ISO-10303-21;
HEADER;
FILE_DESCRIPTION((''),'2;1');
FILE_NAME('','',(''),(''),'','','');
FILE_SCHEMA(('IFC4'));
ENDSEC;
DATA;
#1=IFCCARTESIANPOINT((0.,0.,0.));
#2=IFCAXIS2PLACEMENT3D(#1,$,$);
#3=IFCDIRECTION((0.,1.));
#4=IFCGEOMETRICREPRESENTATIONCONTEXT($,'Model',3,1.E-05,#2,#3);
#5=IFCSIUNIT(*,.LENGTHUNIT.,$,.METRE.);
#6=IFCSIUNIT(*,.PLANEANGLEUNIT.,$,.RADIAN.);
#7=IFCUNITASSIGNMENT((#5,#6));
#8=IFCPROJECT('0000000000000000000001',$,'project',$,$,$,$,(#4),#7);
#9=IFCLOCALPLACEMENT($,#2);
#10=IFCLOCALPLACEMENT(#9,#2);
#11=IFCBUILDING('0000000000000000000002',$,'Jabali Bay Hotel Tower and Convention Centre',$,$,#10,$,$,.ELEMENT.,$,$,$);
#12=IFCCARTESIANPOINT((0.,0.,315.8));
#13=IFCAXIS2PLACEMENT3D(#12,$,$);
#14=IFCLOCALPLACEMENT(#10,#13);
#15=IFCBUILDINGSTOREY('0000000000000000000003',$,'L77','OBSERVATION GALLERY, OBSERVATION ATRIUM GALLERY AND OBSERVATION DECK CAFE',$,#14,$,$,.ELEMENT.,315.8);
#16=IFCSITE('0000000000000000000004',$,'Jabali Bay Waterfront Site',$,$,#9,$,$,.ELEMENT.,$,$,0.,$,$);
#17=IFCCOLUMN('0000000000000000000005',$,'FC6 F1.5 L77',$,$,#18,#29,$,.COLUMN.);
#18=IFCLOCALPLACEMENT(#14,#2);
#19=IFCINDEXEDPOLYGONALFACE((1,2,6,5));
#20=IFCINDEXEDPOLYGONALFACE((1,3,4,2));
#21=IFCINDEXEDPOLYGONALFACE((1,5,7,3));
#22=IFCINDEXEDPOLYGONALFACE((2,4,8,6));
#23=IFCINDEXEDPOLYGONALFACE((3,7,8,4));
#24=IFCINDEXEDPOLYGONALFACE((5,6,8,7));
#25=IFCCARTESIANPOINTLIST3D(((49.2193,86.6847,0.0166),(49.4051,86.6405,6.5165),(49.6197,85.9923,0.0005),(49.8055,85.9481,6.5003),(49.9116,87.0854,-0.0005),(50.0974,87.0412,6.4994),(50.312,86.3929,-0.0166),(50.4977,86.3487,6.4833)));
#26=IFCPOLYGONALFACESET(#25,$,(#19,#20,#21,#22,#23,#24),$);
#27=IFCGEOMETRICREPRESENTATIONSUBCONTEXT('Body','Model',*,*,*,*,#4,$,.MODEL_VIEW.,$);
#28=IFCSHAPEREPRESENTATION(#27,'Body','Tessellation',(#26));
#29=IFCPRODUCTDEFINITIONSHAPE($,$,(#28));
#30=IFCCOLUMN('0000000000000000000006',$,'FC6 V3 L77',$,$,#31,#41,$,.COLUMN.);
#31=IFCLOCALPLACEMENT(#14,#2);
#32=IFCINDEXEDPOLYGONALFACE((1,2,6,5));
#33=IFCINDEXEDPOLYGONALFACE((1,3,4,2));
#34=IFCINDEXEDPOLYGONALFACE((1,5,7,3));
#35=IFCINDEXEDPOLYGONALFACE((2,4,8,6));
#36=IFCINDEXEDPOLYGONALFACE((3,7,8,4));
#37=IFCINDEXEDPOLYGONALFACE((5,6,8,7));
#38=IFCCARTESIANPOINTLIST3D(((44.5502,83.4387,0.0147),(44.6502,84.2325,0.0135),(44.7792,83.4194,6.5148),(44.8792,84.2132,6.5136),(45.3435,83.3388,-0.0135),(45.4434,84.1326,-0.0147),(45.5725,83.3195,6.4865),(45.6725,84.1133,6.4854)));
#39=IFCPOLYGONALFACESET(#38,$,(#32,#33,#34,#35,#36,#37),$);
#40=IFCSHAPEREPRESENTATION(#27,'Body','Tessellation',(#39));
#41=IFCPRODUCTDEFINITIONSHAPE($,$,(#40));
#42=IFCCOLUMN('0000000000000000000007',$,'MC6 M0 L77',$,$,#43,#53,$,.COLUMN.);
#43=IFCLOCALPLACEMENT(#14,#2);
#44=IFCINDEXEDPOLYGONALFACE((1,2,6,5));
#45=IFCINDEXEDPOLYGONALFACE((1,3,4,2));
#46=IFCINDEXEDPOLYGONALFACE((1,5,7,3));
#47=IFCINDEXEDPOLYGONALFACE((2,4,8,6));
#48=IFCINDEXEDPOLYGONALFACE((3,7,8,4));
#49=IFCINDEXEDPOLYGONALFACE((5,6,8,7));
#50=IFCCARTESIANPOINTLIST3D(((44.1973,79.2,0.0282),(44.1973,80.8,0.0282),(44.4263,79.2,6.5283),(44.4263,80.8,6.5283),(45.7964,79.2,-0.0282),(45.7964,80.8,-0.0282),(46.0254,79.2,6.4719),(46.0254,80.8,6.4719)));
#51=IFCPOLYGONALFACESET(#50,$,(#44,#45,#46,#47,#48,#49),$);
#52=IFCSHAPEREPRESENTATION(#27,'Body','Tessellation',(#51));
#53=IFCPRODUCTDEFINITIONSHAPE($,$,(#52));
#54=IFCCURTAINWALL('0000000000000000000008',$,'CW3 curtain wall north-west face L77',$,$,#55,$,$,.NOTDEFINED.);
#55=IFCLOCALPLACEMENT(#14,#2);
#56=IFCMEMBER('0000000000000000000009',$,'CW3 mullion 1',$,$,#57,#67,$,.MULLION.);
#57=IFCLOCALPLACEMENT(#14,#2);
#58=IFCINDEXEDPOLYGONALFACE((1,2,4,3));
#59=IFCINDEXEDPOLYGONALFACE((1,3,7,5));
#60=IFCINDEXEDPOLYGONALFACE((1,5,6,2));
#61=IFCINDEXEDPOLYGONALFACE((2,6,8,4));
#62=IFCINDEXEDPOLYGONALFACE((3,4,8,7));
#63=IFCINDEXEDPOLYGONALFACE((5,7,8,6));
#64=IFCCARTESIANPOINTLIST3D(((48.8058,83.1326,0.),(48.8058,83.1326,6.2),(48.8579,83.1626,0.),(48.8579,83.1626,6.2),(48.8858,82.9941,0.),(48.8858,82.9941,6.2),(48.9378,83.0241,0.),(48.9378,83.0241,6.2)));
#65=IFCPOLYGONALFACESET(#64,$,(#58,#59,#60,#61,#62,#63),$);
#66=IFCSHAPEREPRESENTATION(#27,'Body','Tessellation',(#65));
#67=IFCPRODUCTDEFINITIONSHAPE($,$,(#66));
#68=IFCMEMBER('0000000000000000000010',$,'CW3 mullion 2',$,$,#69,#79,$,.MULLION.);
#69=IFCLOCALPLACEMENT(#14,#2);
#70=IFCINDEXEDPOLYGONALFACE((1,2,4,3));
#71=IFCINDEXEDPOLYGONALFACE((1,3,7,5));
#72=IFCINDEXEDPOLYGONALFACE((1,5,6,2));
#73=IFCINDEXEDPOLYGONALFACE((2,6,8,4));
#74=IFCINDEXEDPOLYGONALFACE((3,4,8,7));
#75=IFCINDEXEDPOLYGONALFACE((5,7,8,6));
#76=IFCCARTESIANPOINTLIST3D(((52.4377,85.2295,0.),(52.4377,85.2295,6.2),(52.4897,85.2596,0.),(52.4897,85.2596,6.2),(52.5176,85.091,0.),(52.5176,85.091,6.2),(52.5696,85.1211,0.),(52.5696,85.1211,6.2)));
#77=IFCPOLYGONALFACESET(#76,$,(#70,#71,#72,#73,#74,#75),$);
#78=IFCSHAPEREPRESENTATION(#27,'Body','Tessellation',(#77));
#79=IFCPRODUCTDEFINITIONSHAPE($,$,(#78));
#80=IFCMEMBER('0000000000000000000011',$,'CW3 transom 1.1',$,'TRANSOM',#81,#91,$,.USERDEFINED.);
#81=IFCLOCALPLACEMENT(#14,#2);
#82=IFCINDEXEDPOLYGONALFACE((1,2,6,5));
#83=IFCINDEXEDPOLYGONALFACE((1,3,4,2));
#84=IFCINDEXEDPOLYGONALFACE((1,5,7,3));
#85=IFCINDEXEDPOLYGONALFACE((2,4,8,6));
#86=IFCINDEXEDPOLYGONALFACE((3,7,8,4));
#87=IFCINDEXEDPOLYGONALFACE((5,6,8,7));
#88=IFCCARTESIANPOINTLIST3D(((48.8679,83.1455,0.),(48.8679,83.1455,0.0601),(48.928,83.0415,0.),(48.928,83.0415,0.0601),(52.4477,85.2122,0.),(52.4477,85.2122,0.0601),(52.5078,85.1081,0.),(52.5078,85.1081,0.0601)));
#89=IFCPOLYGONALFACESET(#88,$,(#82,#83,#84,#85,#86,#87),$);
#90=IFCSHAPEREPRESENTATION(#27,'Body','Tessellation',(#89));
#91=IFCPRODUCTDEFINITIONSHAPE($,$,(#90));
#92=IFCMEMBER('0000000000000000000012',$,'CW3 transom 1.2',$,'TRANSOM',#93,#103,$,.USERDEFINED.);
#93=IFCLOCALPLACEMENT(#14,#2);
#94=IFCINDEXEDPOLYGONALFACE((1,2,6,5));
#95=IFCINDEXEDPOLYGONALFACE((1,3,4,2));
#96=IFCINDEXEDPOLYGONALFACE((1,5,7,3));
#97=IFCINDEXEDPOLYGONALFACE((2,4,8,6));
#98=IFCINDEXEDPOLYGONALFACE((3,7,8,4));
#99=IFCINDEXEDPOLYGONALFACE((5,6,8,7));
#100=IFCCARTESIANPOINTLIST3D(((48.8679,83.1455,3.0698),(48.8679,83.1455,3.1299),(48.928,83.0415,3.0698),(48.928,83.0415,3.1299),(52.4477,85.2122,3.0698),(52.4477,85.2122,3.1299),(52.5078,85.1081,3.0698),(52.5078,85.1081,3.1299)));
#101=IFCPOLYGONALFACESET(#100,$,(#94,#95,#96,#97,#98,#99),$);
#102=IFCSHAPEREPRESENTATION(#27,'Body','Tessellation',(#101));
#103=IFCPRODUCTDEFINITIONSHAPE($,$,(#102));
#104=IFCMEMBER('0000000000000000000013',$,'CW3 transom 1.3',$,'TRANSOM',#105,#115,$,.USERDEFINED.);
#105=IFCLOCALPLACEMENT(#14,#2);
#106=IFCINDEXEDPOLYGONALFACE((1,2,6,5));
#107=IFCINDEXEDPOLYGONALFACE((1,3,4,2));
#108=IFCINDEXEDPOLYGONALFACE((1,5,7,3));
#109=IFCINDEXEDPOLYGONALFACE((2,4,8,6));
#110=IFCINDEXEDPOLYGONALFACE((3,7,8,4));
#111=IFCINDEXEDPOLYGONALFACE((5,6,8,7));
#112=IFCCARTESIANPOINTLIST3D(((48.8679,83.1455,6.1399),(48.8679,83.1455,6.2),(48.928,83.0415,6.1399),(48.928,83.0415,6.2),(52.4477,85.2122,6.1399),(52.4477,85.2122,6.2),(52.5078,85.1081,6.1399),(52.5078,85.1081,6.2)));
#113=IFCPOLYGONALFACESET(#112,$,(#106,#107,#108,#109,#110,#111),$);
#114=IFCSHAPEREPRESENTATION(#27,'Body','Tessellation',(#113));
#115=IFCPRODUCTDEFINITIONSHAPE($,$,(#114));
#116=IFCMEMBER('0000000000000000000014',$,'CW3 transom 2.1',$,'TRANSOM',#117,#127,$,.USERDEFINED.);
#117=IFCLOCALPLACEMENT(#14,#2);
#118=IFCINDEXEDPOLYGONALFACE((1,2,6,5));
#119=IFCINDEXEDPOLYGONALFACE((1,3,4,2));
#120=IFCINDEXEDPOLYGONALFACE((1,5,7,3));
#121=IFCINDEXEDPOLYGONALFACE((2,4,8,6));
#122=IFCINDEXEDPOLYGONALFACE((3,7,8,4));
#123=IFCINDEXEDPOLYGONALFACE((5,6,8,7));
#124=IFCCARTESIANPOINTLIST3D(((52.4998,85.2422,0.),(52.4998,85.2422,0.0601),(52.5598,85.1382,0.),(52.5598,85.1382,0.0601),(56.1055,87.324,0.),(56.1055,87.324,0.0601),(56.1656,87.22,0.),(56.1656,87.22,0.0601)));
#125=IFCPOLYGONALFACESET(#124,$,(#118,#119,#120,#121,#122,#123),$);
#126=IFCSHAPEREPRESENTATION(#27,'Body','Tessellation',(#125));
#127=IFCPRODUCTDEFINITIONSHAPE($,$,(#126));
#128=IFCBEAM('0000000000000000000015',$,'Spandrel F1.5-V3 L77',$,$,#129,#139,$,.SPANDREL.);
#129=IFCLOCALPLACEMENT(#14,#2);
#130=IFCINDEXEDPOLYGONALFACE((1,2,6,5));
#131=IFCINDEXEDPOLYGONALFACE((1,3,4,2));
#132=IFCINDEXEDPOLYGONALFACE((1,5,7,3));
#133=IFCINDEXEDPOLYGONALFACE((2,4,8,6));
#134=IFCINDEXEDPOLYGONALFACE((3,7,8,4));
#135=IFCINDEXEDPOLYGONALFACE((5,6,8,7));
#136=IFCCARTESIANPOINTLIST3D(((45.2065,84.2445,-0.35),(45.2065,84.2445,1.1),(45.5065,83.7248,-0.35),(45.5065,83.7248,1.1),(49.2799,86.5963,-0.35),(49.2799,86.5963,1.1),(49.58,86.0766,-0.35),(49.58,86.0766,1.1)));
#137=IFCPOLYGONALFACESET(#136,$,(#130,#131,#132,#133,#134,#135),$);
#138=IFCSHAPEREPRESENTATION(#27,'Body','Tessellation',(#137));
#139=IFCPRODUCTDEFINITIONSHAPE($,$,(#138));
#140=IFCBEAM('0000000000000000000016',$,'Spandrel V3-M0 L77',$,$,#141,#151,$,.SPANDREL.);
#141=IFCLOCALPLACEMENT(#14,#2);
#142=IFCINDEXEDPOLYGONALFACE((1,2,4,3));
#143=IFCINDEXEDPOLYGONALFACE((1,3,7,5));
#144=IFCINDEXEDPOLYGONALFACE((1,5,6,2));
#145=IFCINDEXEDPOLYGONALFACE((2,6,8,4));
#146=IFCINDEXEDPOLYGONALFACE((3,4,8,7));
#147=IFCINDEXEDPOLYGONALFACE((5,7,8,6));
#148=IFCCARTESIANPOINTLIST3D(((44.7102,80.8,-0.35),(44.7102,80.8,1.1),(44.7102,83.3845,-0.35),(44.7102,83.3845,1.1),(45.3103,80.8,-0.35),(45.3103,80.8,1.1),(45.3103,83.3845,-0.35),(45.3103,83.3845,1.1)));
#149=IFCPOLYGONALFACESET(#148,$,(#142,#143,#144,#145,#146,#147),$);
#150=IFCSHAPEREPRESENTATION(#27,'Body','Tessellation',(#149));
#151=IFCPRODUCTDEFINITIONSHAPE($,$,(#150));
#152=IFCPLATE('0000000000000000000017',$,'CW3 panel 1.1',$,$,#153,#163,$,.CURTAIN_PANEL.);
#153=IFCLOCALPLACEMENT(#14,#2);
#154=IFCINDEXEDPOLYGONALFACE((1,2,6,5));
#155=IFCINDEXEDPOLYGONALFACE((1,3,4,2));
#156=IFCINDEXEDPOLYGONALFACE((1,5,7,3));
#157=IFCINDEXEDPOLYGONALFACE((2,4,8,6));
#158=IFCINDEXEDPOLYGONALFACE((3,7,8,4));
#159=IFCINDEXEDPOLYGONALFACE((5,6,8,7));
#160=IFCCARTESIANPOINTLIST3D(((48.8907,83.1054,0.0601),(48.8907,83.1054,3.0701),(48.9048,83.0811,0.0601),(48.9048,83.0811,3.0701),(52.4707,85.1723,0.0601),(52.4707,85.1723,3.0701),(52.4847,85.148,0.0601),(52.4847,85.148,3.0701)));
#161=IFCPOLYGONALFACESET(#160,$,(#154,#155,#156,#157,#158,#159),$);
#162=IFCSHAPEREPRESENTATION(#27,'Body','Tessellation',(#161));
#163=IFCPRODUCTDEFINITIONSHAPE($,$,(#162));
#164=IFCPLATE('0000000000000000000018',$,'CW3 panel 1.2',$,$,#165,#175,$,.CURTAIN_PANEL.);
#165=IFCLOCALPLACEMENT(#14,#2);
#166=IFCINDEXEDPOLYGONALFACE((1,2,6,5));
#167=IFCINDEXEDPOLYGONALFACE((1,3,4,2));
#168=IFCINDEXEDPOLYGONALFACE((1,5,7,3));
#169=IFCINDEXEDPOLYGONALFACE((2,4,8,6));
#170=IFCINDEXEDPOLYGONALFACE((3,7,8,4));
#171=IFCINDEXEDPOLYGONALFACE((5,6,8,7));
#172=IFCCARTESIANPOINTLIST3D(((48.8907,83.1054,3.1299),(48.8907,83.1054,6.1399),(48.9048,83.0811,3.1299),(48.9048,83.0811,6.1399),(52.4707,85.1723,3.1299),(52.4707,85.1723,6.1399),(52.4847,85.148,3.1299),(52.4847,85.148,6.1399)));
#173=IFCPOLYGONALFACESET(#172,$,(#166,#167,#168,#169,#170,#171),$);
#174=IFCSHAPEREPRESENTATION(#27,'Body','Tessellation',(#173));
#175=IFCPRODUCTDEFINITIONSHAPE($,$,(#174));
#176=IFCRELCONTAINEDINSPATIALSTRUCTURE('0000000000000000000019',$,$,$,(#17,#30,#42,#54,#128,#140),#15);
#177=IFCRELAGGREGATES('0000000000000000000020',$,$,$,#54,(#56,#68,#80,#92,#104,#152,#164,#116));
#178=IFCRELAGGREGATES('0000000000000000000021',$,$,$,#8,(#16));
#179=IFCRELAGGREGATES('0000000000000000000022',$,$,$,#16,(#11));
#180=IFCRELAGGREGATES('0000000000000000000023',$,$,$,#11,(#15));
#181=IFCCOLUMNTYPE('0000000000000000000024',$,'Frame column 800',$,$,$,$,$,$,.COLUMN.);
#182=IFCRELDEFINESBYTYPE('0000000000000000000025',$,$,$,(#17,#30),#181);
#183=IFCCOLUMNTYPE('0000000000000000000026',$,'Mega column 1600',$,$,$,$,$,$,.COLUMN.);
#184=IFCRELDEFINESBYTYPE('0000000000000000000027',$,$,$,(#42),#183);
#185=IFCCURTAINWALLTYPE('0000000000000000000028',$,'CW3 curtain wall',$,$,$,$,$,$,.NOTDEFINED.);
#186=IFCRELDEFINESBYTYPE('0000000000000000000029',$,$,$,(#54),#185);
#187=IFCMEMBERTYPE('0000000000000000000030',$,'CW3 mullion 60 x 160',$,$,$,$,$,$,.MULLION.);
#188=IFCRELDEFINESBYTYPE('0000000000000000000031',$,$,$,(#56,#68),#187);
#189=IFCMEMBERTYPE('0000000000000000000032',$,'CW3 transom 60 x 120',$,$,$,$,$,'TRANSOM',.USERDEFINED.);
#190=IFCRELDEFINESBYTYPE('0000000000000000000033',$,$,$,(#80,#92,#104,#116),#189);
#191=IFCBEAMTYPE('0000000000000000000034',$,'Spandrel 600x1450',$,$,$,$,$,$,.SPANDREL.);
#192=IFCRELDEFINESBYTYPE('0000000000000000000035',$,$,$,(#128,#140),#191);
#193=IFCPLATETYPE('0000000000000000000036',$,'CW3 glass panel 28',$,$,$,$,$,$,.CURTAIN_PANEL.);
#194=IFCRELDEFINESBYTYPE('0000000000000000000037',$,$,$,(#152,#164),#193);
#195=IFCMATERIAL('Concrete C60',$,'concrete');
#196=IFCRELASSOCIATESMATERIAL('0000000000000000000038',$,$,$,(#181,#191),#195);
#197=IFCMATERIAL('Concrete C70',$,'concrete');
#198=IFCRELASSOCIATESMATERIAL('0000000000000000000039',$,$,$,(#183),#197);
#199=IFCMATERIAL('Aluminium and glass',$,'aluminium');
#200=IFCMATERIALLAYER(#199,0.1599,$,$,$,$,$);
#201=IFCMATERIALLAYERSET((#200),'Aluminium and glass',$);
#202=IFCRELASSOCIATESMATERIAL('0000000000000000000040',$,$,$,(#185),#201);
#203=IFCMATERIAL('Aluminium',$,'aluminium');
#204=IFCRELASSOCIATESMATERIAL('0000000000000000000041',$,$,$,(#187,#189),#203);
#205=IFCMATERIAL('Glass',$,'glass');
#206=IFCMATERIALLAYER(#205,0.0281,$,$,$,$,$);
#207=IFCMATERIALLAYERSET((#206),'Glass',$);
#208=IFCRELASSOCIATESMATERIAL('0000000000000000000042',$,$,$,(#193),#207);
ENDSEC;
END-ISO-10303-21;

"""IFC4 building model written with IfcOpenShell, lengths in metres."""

from ifc_helpers import new_model, si_unit, direction, frame, origin, origin_2d, place, context, subcontext, project, spatial, rectangle, extrude, material, layer, layer_set, material_profile, profile_set, type_object, element, aggregate, save


model = new_model("IFC4")

# Units and contexts
model_context = context("Model", 3, precision=1e-05, world=origin(), true_north=direction((0.0, 1.0)))
body_context = subcontext(model_context, "Body", "Model", "MODEL_VIEW")
ifc_project = project(units=[si_unit("LENGTHUNIT", "METRE"), si_unit("PLANEANGLEUNIT", "RADIAN")], contexts=[model_context])

# Site, building, storey
site_placement = place(None, origin())
site = spatial("IfcSite", under=ifc_project, at=site_placement, Name="Jabali Bay Waterfront Site", CompositionType="ELEMENT", RefElevation=0.0)
building_placement = place(site_placement, origin())
building = spatial("IfcBuilding", under=site, at=building_placement, Name="Jabali Bay Hotel Tower and Convention Centre", CompositionType="ELEMENT")
storey_placement = place(building_placement, frame((0.0, 0.0, 315.8)))
storey = spatial("IfcBuildingStorey", under=building, at=storey_placement, Name="L77", Description="OBSERVATION GALLERY, OBSERVATION ATRIUM GALLERY AND OBSERVATION DECK CAFE", CompositionType="ELEMENT", Elevation=315.8)

# Columns
ifc_material_1 = material(Name="Concrete C60", Category="concrete")
ifc_material_profile_1 = material_profile(ifc_material_1, rectangle(XDim=0.8, YDim=0.8, at=origin_2d()), Name="Frame column 800")
ifc_profile_set_1 = profile_set([ifc_material_profile_1], Name="Concrete C60")
column_type_1 = type_object("IfcColumnType", Name="Frame column 800", PredefinedType="COLUMN", material=ifc_profile_set_1)
column_1_placement = place(storey_placement, frame((49.7656, 86.5388, 0.0), z_axis=(0.028571, -0.006795, 0.999569), x_axis=(-0.500428, 0.865542, 0.020188)))
element("IfcColumn", 1, at=column_1_placement, inside=storey, type_object=column_type_1, Name="FC6 F1.5 L77", PredefinedType="COLUMN", context=body_context, shape_type="SweptSolid", body=[
    extrude(rectangle(XDim=0.8, YDim=0.8, at=origin_2d()), origin(), (0.0, 0.0, 1.0), 6.5027),
])
column_2_placement = place(storey_placement, frame((44.9968, 83.7856, 0.0), z_axis=(0.035209, -0.002965, 0.999376), x_axis=(-0.991538, 0.124926, 0.035304)))
element("IfcColumn", 2, at=column_2_placement, inside=storey, type_object=column_type_1, Name="FC6 V3 L77", PredefinedType="COLUMN", context=body_context, shape_type="SweptSolid", body=[
    extrude(rectangle(XDim=0.8, YDim=0.8, at=origin_2d()), origin(), (0.0, 0.0, 1.0), 6.5042),
])
ifc_material_2 = material(Name="Concrete C70", Category="concrete")
ifc_material_profile_2 = material_profile(ifc_material_2, rectangle(XDim=1.6001, YDim=1.6001, at=origin_2d()), Name="Mega column 1600")
ifc_profile_set_2 = profile_set([ifc_material_profile_2], Name="Concrete C70")
column_type_2 = type_object("IfcColumnType", Name="Mega column 1600", PredefinedType="COLUMN", material=ifc_profile_set_2)
column_3_placement = place(storey_placement, frame((44.9968, 80.0, 0.0), z_axis=(0.03521, 0.0, 0.99938), x_axis=(0.0, 1.0, 0.0)))
element("IfcColumn", 3, at=column_3_placement, inside=storey, type_object=column_type_2, Name="MC6 M0 L77", PredefinedType="COLUMN", context=body_context, shape_type="SweptSolid", body=[
    extrude(rectangle(XDim=1.6001, YDim=1.6001, at=origin_2d()), origin(), (0.0, 0.0, 1.0), 6.5042),
])

# Curtain wall, members
ifc_material_3 = material(Name="Aluminium and glass", Category="aluminium")
ifc_layer_1 = layer(ifc_material_3, 0.1599)
ifc_layer_set_1 = layer_set([ifc_layer_1], Name="Aluminium and glass")
curtain_wall_type = type_object("IfcCurtainWallType", Name="CW3 curtain wall", PredefinedType="NOTDEFINED", material=ifc_layer_set_1)
curtain_wall_placement = place(storey_placement, origin())
curtain_wall = element("IfcCurtainWall", 4, at=curtain_wall_placement, inside=storey, type_object=curtain_wall_type, Name="CW3 curtain wall north-west face L77", PredefinedType="NOTDEFINED")
ifc_material_4 = material(Name="Aluminium", Category="aluminium")
ifc_material_profile_3 = material_profile(ifc_material_4, rectangle(XDim=0.1599, YDim=0.0601, at=origin_2d()), Name="CW3 mullion 60 x 160")
ifc_profile_set_3 = profile_set([ifc_material_profile_3], Name="Aluminium")
member_type_1 = type_object("IfcMemberType", Name="CW3 mullion 60 x 160", PredefinedType="MULLION", material=ifc_profile_set_3)
member_1_placement = place(storey_placement, frame((48.8718, 83.0784, 0.0), z_axis=(0.0, 0.0, 1.0), x_axis=(-0.5, 0.866025, 0.0)))
member_1 = element("IfcMember", 5, at=member_1_placement, type_object=member_type_1, Name="CW3 mullion 1", PredefinedType="MULLION", context=body_context, shape_type="SweptSolid", body=[
    extrude(rectangle(XDim=0.1599, YDim=0.0601, at=origin_2d()), origin(), (0.0, 0.0, 1.0), 6.2),
])
member_2_placement = place(storey_placement, frame((52.5037, 85.1753, 0.0), z_axis=(0.0, 0.0, 1.0), x_axis=(-0.5, 0.866025, 0.0)))
member_2 = element("IfcMember", 6, at=member_2_placement, type_object=member_type_1, Name="CW3 mullion 2", PredefinedType="MULLION", context=body_context, shape_type="SweptSolid", body=[
    extrude(rectangle(XDim=0.1599, YDim=0.0601, at=origin_2d()), origin(), (0.0, 0.0, 1.0), 6.2),
])
ifc_material_profile_4 = material_profile(ifc_material_4, rectangle(XDim=0.1201, YDim=0.0601, at=origin_2d()), Name="CW3 transom 60 x 120")
ifc_profile_set_4 = profile_set([ifc_material_profile_4], Name="Aluminium")
member_type_2 = type_object("IfcMemberType", Name="CW3 transom 60 x 120", ElementType="TRANSOM", PredefinedType="USERDEFINED", material=ifc_profile_set_4)
member_3_placement = place(storey_placement, frame((48.8979, 83.0935, 0.03), z_axis=(0.866043, 0.49997, 0.0), x_axis=(-0.49997, 0.866043, 0.0)))
member_3 = element("IfcMember", 7, at=member_3_placement, type_object=member_type_2, Name="CW3 transom 1.1", ObjectType="TRANSOM", PredefinedType="USERDEFINED", context=body_context, shape_type="SweptSolid", body=[
    extrude(rectangle(XDim=0.1201, YDim=0.0601, at=origin_2d()), origin(), (0.0, 0.0, 1.0), 4.1335),
])
member_4_placement = place(storey_placement, frame((48.8979, 83.0935, 3.0999), z_axis=(0.866043, 0.49997, 0.0), x_axis=(-0.49997, 0.866043, 0.0)))
member_4 = element("IfcMember", 8, at=member_4_placement, type_object=member_type_2, Name="CW3 transom 1.2", ObjectType="TRANSOM", PredefinedType="USERDEFINED", context=body_context, shape_type="SweptSolid", body=[
    extrude(rectangle(XDim=0.1201, YDim=0.0601, at=origin_2d()), origin(), (0.0, 0.0, 1.0), 4.1335),
])
member_5_placement = place(storey_placement, frame((48.8979, 83.0935, 6.1699), z_axis=(0.866043, 0.49997, 0.0), x_axis=(-0.49997, 0.866043, 0.0)))
member_5 = element("IfcMember", 9, at=member_5_placement, type_object=member_type_2, Name="CW3 transom 1.3", ObjectType="TRANSOM", PredefinedType="USERDEFINED", context=body_context, shape_type="SweptSolid", body=[
    extrude(rectangle(XDim=0.1201, YDim=0.0601, at=origin_2d()), origin(), (0.0, 0.0, 1.0), 4.1335),
])
member_6_placement = place(storey_placement, frame((52.5298, 85.1902, 0.03), z_axis=(0.866023, 0.500005, 0.0), x_axis=(-0.500005, 0.866023, 0.0)))
member_6 = element("IfcMember", 10, at=member_6_placement, type_object=member_type_2, Name="CW3 transom 2.1", ObjectType="TRANSOM", PredefinedType="USERDEFINED", context=body_context, shape_type="SweptSolid", body=[
    extrude(rectangle(XDim=0.1201, YDim=0.0601, at=origin_2d()), origin(), (0.0, 0.0, 1.0), 4.1636),
])

# Beams
ifc_material_profile_5 = material_profile(ifc_material_1, rectangle(XDim=0.6001, YDim=1.45, at=origin_2d()), Name="Spandrel 600x1450")
ifc_profile_set_5 = profile_set([ifc_material_profile_5], Name="Concrete C60")
beam_type = type_object("IfcBeamType", Name="Spandrel 600x1450", PredefinedType="SPANDREL", material=ifc_profile_set_5)
beam_1_placement = place(storey_placement, frame((49.4299, 86.3364, 0.375), z_axis=(-0.866027, -0.499997, 0.0), x_axis=(0.499997, -0.866027, 0.0)))
element("IfcBeam", 11, at=beam_1_placement, inside=storey, type_object=beam_type, Name="Spandrel F1.5-V3 L77", PredefinedType="SPANDREL", context=body_context, shape_type="SweptSolid", body=[
    extrude(rectangle(XDim=0.6001, YDim=1.45, at=origin_2d()), origin(), (0.0, 0.0, 1.0), 4.7036),
])
beam_2_placement = place(storey_placement, frame((45.0103, 83.3845, 0.375), z_axis=(0.0, -1.0, 0.0), x_axis=(1.0, 0.0, 0.0)))
element("IfcBeam", 12, at=beam_2_placement, inside=storey, type_object=beam_type, Name="Spandrel V3-M0 L77", PredefinedType="SPANDREL", context=body_context, shape_type="SweptSolid", body=[
    extrude(rectangle(XDim=0.6001, YDim=1.45, at=origin_2d()), origin(), (0.0, 0.0, 1.0), 2.5845),
])

# Plates
ifc_material_5 = material(Name="Glass", Category="glass")
ifc_layer_2 = layer(ifc_material_5, 0.0281)
ifc_layer_set_2 = layer_set([ifc_layer_2], Name="Glass")
plate_type = type_object("IfcPlateType", Name="CW3 glass panel 28", PredefinedType="CURTAIN_PANEL", material=ifc_layer_set_2)
plate_1_placement = place(storey_placement, frame((50.6877, 84.1267, 0.0601), z_axis=(0.0, 0.0, 1.0), x_axis=(0.866025, 0.5, 0.0)))
plate_1 = element("IfcPlate", 13, at=plate_1_placement, type_object=plate_type, Name="CW3 panel 1.1", PredefinedType="CURTAIN_PANEL", context=body_context, shape_type="SweptSolid", body=[
    extrude(rectangle(XDim=4.1338, YDim=0.0281, at=origin_2d()), origin(), (0.0, 0.0, 1.0), 3.01),
])
plate_2_placement = place(storey_placement, frame((50.6877, 84.1267, 3.1299), z_axis=(0.0, 0.0, 1.0), x_axis=(0.866025, 0.5, 0.0)))
plate_2 = element("IfcPlate", 14, at=plate_2_placement, type_object=plate_type, Name="CW3 panel 1.2", PredefinedType="CURTAIN_PANEL", context=body_context, shape_type="SweptSolid", body=[
    extrude(rectangle(XDim=4.1338, YDim=0.0281, at=origin_2d()), origin(), (0.0, 0.0, 1.0), 3.01),
])
aggregate(curtain_wall, [member_1, member_2, member_3, member_4, member_5, plate_1, plate_2, member_6])

save(model, "model.ifc")
